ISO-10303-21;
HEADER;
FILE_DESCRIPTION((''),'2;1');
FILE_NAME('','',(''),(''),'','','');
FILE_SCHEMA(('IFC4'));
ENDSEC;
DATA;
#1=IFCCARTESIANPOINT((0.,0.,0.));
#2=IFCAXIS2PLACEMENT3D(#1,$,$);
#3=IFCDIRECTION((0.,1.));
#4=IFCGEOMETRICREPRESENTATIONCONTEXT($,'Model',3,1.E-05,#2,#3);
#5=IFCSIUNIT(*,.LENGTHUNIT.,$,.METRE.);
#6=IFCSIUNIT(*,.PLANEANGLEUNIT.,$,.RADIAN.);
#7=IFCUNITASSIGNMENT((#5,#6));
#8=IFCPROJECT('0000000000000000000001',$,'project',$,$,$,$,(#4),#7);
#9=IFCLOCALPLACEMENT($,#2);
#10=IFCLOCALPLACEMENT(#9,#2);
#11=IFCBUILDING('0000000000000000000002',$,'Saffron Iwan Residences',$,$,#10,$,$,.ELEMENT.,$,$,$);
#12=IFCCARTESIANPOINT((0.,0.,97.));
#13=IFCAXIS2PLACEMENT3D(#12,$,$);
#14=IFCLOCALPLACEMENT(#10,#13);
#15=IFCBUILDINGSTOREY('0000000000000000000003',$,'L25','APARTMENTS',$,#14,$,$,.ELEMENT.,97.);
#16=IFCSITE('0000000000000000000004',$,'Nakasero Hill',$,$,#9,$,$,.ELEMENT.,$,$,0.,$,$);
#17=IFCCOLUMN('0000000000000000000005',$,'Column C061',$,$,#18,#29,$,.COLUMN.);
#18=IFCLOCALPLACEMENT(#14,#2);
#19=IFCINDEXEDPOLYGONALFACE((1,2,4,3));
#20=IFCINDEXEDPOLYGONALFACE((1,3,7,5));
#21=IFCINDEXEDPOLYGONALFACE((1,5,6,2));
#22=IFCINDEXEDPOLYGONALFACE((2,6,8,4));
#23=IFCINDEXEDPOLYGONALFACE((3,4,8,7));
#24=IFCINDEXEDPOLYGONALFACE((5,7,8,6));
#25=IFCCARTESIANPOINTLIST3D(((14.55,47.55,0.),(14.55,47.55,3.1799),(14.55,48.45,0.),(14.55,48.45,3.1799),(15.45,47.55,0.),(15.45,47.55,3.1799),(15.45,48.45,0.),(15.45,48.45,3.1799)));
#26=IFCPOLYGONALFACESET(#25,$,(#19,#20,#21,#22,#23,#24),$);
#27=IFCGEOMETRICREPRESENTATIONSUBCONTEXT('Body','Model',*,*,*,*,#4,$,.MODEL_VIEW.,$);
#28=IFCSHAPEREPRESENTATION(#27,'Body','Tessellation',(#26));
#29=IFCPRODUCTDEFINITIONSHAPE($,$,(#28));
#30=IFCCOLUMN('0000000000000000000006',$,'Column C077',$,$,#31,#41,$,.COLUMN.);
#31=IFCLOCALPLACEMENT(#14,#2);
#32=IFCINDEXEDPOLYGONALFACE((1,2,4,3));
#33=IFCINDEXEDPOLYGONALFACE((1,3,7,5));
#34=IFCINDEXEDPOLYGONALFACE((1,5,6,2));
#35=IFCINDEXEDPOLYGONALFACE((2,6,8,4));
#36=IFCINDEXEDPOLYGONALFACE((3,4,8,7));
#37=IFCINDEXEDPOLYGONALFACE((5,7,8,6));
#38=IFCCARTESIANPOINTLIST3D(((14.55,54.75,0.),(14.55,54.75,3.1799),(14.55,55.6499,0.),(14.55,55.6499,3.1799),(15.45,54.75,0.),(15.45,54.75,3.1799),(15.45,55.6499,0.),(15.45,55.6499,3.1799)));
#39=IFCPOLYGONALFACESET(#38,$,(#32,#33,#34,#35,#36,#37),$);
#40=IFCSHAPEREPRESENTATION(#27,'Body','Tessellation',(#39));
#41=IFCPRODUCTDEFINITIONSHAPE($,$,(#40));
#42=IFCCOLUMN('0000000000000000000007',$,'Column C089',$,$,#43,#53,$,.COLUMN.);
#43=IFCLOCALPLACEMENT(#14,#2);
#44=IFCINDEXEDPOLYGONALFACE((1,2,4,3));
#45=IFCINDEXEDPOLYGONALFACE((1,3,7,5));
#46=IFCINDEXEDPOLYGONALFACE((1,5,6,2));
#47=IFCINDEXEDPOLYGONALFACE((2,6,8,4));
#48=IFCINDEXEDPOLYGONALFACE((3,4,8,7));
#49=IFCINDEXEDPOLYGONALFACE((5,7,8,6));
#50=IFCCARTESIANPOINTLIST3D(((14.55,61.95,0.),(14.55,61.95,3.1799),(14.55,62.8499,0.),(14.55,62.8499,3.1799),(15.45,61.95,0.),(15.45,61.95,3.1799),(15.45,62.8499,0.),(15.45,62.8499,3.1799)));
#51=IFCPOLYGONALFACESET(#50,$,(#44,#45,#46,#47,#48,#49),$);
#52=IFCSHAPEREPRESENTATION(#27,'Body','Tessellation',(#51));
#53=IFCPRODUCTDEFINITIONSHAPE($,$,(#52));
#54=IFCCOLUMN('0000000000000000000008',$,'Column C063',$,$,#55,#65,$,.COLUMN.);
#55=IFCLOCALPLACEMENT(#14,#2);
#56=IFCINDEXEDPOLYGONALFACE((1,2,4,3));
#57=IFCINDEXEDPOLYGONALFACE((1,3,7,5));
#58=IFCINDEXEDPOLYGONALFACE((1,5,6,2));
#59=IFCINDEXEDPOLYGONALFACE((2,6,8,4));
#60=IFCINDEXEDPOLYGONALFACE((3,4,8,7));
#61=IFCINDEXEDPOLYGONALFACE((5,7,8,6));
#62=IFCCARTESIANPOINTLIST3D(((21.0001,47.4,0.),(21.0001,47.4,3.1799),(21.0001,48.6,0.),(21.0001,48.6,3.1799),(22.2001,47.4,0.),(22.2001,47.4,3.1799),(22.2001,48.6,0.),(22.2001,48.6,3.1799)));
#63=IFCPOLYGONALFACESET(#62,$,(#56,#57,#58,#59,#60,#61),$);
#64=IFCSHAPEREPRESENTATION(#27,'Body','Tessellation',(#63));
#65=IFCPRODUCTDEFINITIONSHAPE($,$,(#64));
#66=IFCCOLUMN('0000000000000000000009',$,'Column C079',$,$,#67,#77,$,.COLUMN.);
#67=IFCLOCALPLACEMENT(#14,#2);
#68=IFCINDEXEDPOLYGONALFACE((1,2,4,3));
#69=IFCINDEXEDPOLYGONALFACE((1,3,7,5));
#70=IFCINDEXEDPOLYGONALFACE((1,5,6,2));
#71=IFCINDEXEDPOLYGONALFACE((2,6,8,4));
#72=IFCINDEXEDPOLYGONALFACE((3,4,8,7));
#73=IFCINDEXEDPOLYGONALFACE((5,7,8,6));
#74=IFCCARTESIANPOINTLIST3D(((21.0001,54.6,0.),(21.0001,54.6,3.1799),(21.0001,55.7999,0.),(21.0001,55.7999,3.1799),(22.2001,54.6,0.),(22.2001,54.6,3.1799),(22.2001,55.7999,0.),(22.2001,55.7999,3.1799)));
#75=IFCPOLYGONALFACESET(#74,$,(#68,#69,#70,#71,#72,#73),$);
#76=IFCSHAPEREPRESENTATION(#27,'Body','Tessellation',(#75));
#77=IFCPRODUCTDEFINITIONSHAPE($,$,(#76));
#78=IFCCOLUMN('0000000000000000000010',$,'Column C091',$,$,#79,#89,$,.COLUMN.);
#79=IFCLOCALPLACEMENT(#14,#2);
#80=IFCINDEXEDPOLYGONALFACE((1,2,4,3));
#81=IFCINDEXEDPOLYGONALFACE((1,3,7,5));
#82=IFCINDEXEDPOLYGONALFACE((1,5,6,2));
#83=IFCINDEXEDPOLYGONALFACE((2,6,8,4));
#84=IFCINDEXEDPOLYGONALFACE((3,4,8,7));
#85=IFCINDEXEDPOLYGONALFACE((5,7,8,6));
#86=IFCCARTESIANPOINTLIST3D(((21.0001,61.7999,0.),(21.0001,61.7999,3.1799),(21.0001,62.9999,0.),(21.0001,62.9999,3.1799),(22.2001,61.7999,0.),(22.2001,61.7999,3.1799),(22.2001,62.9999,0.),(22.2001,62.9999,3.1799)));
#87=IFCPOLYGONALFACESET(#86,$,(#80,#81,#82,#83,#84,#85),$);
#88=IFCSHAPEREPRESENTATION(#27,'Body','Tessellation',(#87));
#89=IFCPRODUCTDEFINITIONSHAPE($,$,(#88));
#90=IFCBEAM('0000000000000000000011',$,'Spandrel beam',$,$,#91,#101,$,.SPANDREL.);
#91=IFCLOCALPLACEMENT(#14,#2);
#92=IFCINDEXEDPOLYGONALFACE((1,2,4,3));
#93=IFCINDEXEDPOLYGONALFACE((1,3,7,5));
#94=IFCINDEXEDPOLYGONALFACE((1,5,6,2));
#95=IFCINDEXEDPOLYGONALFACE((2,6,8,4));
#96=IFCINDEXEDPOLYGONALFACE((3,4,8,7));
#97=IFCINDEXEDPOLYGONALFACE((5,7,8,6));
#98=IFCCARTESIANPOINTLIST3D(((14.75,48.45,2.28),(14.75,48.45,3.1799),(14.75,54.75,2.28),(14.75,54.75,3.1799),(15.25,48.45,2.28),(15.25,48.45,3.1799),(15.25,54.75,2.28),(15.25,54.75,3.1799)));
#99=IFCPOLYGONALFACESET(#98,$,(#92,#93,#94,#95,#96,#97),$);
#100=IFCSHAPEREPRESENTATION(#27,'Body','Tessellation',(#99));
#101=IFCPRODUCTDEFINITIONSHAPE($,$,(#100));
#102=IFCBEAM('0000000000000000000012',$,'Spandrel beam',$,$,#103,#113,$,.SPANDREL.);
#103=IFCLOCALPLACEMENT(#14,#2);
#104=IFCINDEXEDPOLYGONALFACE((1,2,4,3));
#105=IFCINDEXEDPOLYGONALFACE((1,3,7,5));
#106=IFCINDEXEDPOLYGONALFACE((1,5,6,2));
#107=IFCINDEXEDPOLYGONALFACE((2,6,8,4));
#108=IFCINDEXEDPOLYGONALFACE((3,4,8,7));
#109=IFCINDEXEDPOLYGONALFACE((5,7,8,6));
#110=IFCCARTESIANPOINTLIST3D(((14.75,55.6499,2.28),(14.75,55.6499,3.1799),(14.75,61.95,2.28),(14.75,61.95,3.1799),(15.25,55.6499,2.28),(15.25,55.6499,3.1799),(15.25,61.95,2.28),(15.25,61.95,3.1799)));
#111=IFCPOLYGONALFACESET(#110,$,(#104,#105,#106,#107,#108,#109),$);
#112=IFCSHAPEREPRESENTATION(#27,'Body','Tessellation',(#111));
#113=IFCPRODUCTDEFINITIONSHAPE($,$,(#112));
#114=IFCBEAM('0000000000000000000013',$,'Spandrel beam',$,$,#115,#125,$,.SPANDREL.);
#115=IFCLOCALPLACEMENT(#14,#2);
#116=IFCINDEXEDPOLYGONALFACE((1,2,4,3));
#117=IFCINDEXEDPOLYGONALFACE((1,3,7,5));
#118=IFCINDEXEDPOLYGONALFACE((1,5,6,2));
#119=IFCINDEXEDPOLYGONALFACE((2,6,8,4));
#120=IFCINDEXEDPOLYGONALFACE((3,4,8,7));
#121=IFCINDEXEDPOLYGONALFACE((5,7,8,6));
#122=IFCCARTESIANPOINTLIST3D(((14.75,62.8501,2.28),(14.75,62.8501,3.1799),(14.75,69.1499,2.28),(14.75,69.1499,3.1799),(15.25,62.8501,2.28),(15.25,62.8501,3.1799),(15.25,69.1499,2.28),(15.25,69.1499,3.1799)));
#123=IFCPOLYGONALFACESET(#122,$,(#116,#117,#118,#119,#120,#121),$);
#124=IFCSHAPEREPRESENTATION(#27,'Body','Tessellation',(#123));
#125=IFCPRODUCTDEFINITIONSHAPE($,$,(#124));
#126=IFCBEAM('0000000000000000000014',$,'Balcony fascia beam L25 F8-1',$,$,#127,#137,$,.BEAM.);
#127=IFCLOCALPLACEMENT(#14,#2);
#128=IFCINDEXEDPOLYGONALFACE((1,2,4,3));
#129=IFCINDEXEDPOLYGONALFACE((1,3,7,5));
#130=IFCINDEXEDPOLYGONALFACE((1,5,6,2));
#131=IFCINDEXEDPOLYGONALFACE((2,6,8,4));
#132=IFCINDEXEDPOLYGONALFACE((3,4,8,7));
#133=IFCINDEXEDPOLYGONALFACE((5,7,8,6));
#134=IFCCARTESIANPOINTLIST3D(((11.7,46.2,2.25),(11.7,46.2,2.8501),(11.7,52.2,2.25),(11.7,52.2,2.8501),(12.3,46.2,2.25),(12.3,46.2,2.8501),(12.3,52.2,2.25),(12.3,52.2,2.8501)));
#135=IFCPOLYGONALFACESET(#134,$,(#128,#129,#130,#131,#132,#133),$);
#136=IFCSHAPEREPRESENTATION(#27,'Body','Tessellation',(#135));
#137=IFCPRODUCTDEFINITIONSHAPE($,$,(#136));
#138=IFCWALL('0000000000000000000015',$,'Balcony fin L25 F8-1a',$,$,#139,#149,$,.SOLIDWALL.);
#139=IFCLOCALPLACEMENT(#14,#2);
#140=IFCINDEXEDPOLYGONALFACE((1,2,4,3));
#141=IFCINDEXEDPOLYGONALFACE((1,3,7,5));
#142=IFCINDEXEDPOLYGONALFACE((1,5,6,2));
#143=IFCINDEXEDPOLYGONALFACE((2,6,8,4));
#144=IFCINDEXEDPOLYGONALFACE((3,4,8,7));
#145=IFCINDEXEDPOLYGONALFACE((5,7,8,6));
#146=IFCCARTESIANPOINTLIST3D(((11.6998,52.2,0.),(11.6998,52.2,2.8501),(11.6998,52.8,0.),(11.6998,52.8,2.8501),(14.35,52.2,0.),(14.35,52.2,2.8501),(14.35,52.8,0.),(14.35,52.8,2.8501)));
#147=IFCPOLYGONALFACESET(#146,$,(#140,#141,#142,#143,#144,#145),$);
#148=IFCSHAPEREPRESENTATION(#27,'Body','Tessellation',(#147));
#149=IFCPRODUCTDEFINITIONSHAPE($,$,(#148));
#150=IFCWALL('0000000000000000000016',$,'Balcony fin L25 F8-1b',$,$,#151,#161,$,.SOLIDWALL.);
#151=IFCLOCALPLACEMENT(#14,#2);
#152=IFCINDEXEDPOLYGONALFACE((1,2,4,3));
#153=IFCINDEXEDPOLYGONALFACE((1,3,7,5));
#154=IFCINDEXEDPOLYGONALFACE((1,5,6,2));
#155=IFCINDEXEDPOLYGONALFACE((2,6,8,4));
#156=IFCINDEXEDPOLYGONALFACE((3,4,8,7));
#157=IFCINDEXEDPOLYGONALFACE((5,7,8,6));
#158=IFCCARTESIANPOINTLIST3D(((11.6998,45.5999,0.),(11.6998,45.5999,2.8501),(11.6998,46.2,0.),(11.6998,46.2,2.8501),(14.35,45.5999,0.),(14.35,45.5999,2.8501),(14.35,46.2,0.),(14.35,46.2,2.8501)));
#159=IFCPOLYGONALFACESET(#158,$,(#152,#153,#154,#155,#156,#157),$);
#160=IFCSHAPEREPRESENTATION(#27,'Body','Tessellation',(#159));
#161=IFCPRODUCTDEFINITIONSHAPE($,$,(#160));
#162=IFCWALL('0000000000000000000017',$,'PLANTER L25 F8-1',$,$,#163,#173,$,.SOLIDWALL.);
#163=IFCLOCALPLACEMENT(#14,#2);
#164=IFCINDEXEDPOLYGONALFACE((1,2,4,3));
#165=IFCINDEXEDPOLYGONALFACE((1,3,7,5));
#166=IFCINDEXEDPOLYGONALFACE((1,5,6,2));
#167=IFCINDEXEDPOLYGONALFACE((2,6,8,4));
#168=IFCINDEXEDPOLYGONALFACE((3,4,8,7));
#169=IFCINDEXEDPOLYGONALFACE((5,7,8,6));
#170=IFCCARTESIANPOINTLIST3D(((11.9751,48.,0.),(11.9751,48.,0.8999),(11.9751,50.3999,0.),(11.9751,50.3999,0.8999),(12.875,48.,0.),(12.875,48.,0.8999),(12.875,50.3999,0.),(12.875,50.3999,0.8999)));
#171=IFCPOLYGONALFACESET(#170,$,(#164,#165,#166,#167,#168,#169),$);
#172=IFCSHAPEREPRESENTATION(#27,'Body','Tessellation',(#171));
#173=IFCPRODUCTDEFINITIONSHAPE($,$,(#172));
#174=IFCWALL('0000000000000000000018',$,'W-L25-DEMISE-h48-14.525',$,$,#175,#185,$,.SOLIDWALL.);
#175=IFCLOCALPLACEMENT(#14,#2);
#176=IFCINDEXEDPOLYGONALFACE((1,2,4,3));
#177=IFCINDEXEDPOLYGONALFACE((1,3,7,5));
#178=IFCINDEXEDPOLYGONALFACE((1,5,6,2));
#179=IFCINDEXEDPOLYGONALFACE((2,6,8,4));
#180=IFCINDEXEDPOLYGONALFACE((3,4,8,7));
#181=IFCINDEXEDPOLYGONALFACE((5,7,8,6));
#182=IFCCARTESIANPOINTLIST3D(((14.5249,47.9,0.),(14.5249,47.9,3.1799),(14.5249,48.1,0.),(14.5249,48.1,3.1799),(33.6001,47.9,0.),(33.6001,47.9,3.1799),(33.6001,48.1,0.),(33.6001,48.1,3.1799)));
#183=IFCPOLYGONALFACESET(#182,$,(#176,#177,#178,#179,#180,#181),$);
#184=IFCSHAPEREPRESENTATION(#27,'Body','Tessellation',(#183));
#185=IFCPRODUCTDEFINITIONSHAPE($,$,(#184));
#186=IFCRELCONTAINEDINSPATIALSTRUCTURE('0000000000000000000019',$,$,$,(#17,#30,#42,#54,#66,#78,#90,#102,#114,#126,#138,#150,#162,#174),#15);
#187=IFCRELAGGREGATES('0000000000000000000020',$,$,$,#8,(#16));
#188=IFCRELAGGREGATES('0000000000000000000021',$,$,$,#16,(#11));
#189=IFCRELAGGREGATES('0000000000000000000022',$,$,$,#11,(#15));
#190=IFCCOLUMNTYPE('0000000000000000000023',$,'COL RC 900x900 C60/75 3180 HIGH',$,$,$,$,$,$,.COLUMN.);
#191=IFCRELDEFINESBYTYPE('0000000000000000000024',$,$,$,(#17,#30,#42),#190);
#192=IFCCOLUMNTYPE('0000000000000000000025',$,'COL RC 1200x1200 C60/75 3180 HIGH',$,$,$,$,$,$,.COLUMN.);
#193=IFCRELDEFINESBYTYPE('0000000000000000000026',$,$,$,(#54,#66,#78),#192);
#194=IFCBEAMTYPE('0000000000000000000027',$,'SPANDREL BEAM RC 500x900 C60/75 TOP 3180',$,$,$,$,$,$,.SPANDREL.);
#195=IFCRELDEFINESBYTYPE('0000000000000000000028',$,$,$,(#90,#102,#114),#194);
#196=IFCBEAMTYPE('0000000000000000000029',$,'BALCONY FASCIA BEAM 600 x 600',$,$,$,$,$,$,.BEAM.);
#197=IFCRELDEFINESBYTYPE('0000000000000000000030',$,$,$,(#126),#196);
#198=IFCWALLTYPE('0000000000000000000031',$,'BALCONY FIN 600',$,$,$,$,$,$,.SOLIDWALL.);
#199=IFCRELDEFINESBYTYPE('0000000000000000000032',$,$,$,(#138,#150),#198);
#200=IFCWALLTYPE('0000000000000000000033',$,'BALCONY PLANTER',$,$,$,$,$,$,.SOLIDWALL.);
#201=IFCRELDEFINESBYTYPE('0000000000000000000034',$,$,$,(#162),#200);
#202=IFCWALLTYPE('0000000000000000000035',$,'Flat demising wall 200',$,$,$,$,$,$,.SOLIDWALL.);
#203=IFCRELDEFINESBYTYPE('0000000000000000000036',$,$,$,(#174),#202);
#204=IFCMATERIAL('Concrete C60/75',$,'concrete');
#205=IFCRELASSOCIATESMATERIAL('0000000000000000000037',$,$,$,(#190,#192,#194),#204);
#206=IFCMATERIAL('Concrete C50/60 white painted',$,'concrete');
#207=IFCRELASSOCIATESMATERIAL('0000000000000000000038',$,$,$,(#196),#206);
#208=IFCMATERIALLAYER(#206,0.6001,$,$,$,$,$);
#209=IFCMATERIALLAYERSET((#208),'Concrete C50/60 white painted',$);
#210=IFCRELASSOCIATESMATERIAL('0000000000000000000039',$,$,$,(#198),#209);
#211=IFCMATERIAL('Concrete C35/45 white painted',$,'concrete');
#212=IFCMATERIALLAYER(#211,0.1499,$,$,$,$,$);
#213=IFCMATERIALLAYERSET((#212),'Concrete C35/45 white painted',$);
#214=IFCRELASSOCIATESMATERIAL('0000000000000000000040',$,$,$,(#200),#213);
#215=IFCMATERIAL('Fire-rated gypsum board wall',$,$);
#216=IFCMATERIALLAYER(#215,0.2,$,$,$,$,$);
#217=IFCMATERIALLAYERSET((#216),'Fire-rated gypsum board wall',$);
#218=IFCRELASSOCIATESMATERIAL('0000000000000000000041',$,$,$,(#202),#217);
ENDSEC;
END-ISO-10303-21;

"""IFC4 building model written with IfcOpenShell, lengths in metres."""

from ifc_helpers import new_model, si_unit, direction, frame, frame_2d, origin, origin_2d, place, context, subcontext, project, spatial, rectangle, extrude, source, transform, mapped, material, layer, layer_set, material_profile, profile_set, type_object, element, save


model = new_model("IFC4")

# Units and contexts
model_context = context("Model", 3, precision=1e-05, world=origin(), true_north=direction((0.0, 1.0)))
body_context = subcontext(model_context, "Body", "Model", "MODEL_VIEW")
ifc_project = project(units=[si_unit("LENGTHUNIT", "METRE"), si_unit("PLANEANGLEUNIT", "RADIAN")], contexts=[model_context])

# Site, building, storey
site_placement = place(None, origin())
site = spatial("IfcSite", under=ifc_project, at=site_placement, Name="Nakasero Hill", CompositionType="ELEMENT", RefElevation=0.0)
building_placement = place(site_placement, origin())
building = spatial("IfcBuilding", under=site, at=building_placement, Name="Saffron Iwan Residences", CompositionType="ELEMENT")
storey_placement = place(building_placement, frame((0.0, 0.0, 97.0)))
storey = spatial("IfcBuildingStorey", under=building, at=storey_placement, Name="L25", Description="APARTMENTS", CompositionType="ELEMENT", Elevation=97.0)

# Columns
ifc_material_1 = material(Name="Concrete C60/75", Category="concrete")
ifc_material_profile_1 = material_profile(ifc_material_1, rectangle(XDim=0.8999, YDim=0.8999, at=origin_2d()), Name="RC 900x900")
ifc_profile_set_1 = profile_set([ifc_material_profile_1], Name="Concrete C60/75")
column_type_1 = type_object("IfcColumnType", Name="COL RC 900x900 C60/75 3180 HIGH", PredefinedType="COLUMN", material=ifc_profile_set_1)
shared_shape_1 = source(origin(), body_context, "Body", "SweptSolid", [
    extrude(rectangle(XDim=0.8999, YDim=0.8999, at=origin_2d()), origin(), (0.0, 0.0, 1.0), 3.1799),
])
for number, where, z_axis, x_axis, name in (
    (1, (15.0, 48.0, 0.0), (0.0, 0.0, 1.0), (1.0, 0.0, 0.0), "Column C061"),
    (2, (15.0, 55.2, 0.0), (0.0, 0.0, 1.0), (1.0, 0.0, 0.0), "Column C077"),
    (3, (15.0, 62.3999, 0.0), (0.0, 0.0, 1.0), (1.0, 0.0, 0.0), "Column C089"),
):
    element("IfcColumn", number, at=place(storey_placement, frame(where, z_axis=z_axis, x_axis=x_axis)), inside=storey, type_object=column_type_1, Name=name, PredefinedType="COLUMN", context=body_context, shape_type="MappedRepresentation", body=[
        mapped(shared_shape_1, transform((0.0, 0.0, 0.0))),
    ])
ifc_material_profile_2 = material_profile(ifc_material_1, rectangle(XDim=1.2, YDim=1.2, at=origin_2d()), Name="RC 1200x1200")
ifc_profile_set_2 = profile_set([ifc_material_profile_2], Name="Concrete C60/75")
column_type_2 = type_object("IfcColumnType", Name="COL RC 1200x1200 C60/75 3180 HIGH", PredefinedType="COLUMN", material=ifc_profile_set_2)
shared_shape_2 = source(origin(), body_context, "Body", "SweptSolid", [
    extrude(rectangle(XDim=1.2, YDim=1.2, at=origin_2d()), origin(), (0.0, 0.0, 1.0), 3.1799),
])
for number, where, z_axis, x_axis, name in (
    (4, (21.6001, 48.0, 0.0), (0.0, 0.0, 1.0), (1.0, 0.0, 0.0), "Column C063"),
    (5, (21.6001, 55.2, 0.0), (0.0, 0.0, 1.0), (1.0, 0.0, 0.0), "Column C079"),
    (6, (21.6001, 62.3999, 0.0), (0.0, 0.0, 1.0), (1.0, 0.0, 0.0), "Column C091"),
):
    element("IfcColumn", number, at=place(storey_placement, frame(where, z_axis=z_axis, x_axis=x_axis)), inside=storey, type_object=column_type_2, Name=name, PredefinedType="COLUMN", context=body_context, shape_type="MappedRepresentation", body=[
        mapped(shared_shape_2, transform((0.0, 0.0, 0.0))),
    ])

# Beams
ifc_material_profile_3 = material_profile(ifc_material_1, rectangle(XDim=0.5, YDim=0.8999, at=origin_2d()), Name="RC 500x900")
ifc_profile_set_3 = profile_set([ifc_material_profile_3], Name="Concrete C60/75")
beam_type_1 = type_object("IfcBeamType", Name="SPANDREL BEAM RC 500x900 C60/75 TOP 3180", PredefinedType="SPANDREL", material=ifc_profile_set_3)
shared_shape_3 = source(origin(), body_context, "Body", "SweptSolid", [
    extrude(rectangle(XDim=0.5, YDim=0.8999, at=origin_2d()), origin(), (0.0, 0.0, 1.0), 6.3),
])
for number, where, z_axis, x_axis, name in (
    (7, (15.0, 48.45, 2.73), (0.0, 1.0, 0.0), (-1.0, 0.0, 0.0), "Spandrel beam"),
    (8, (15.0, 55.6499, 2.73), (0.0, 1.0, 0.0), (-1.0, 0.0, 0.0), "Spandrel beam"),
):
    element("IfcBeam", number, at=place(storey_placement, frame(where, z_axis=z_axis, x_axis=x_axis)), inside=storey, type_object=beam_type_1, Name=name, PredefinedType="SPANDREL", context=body_context, shape_type="MappedRepresentation", body=[
        mapped(shared_shape_3, transform((0.0, 0.0, 0.0))),
    ])
shared_shape_4 = source(origin(), body_context, "Body", "SweptSolid", [
    extrude(rectangle(XDim=0.5, YDim=0.8999, at=origin_2d()), origin(), (0.0, 0.0, 1.0), 6.2998),
])
beam_1_placement = place(storey_placement, frame((15.0, 62.8501, 2.73), z_axis=(0.0, 1.0, 0.0), x_axis=(-1.0, 0.0, 0.0)))
element("IfcBeam", 9, at=beam_1_placement, inside=storey, type_object=beam_type_1, Name="Spandrel beam", PredefinedType="SPANDREL", context=body_context, shape_type="MappedRepresentation", body=[
    mapped(shared_shape_4, transform((0.0, 0.0, 0.0))),
])
ifc_material_2 = material(Name="Concrete C50/60 white painted", Category="concrete")
ifc_material_profile_4 = material_profile(ifc_material_2, rectangle(XDim=0.6001, YDim=0.6001, at=origin_2d()), Name="BALCONY FASCIA BEAM 600 x 600")
ifc_profile_set_4 = profile_set([ifc_material_profile_4], Name="Concrete C50/60 white painted")
beam_type_2 = type_object("IfcBeamType", Name="BALCONY FASCIA BEAM 600 x 600", PredefinedType="BEAM", material=ifc_profile_set_4)
shared_shape_5 = source(origin(), body_context, "Body", "SweptSolid", [
    extrude(rectangle(XDim=0.6001, YDim=0.6001, at=origin_2d()), origin(), (0.0, 0.0, 1.0), 6.0),
])
beam_2_placement = place(storey_placement, frame((12.0, 52.2, 2.55), z_axis=(0.0, -1.0, 0.0), x_axis=(1.0, 0.0, 0.0)))
element("IfcBeam", 10, at=beam_2_placement, inside=storey, type_object=beam_type_2, Name="Balcony fascia beam L25 F8-1", PredefinedType="BEAM", context=body_context, shape_type="MappedRepresentation", body=[
    mapped(shared_shape_5, transform((0.0, 0.0, 0.0))),
])

# Walls
ifc_layer_1 = layer(ifc_material_2, 0.6001)
ifc_layer_set_1 = layer_set([ifc_layer_1], Name="Concrete C50/60 white painted")
wall_type_1 = type_object("IfcWallType", Name="BALCONY FIN 600", PredefinedType="SOLIDWALL", material=ifc_layer_set_1)
for number, where, z_axis, x_axis, name in (
    (11, (14.3501, 52.5, 0.0), (0.0, 0.0, 1.0), (-1.0, 0.0, 0.0), "Balcony fin L25 F8-1a"),
    (12, (14.3501, 45.8999, 0.0), (0.0, 0.0, 1.0), (-1.0, 0.0, 0.0), "Balcony fin L25 F8-1b"),
):
    element("IfcWall", number, at=place(storey_placement, frame(where, z_axis=z_axis, x_axis=x_axis)), inside=storey, type_object=wall_type_1, Name=name, PredefinedType="SOLIDWALL", context=body_context, shape_type="SweptSolid", body=[
        extrude(rectangle(XDim=2.6501, YDim=0.6001, at=frame_2d((1.3252, 0.0))), origin(), (0.0, 0.0, 1.0), 2.8501),
    ])
ifc_material_3 = material(Name="Concrete C35/45 white painted", Category="concrete")
ifc_layer_2 = layer(ifc_material_3, 0.1499)
ifc_layer_set_2 = layer_set([ifc_layer_2], Name="Concrete C35/45 white painted")
wall_type_2 = type_object("IfcWallType", Name="BALCONY PLANTER", PredefinedType="SOLIDWALL", material=ifc_layer_set_2)
wall_1_placement = place(storey_placement, frame((12.425, 50.3999, 0.0), z_axis=(0.0, 0.0, 1.0), x_axis=(0.0, -1.0, 0.0)))
element("IfcWall", 13, at=wall_1_placement, inside=storey, type_object=wall_type_2, Name="PLANTER L25 F8-1", PredefinedType="SOLIDWALL", context=body_context, shape_type="SweptSolid", body=[
    extrude(rectangle(XDim=2.3999, YDim=0.8999, at=frame_2d((1.2, 0.0))), origin(), (0.0, 0.0, 1.0), 0.8999),
])
ifc_material_4 = material(Name="Fire-rated gypsum board wall")
ifc_layer_3 = layer(ifc_material_4, 0.2)
ifc_layer_set_3 = layer_set([ifc_layer_3], Name="Fire-rated gypsum board wall")
wall_type_3 = type_object("IfcWallType", Name="Flat demising wall 200", PredefinedType="SOLIDWALL", material=ifc_layer_set_3)
wall_2_placement = place(storey_placement, frame((14.5249, 48.0, 0.0), z_axis=(0.0, 0.0, 1.0), x_axis=(1.0, 0.0, 0.0)))
element("IfcWall", 14, at=wall_2_placement, inside=storey, type_object=wall_type_3, Name="W-L25-DEMISE-h48-14.525", PredefinedType="SOLIDWALL", context=body_context, shape_type="SweptSolid", body=[
    extrude(rectangle(XDim=19.0752, YDim=0.2, at=frame_2d((9.5376, 0.0))), origin(), (0.0, 0.0, 1.0), 3.1799),
])

save(model, "model.ifc")
